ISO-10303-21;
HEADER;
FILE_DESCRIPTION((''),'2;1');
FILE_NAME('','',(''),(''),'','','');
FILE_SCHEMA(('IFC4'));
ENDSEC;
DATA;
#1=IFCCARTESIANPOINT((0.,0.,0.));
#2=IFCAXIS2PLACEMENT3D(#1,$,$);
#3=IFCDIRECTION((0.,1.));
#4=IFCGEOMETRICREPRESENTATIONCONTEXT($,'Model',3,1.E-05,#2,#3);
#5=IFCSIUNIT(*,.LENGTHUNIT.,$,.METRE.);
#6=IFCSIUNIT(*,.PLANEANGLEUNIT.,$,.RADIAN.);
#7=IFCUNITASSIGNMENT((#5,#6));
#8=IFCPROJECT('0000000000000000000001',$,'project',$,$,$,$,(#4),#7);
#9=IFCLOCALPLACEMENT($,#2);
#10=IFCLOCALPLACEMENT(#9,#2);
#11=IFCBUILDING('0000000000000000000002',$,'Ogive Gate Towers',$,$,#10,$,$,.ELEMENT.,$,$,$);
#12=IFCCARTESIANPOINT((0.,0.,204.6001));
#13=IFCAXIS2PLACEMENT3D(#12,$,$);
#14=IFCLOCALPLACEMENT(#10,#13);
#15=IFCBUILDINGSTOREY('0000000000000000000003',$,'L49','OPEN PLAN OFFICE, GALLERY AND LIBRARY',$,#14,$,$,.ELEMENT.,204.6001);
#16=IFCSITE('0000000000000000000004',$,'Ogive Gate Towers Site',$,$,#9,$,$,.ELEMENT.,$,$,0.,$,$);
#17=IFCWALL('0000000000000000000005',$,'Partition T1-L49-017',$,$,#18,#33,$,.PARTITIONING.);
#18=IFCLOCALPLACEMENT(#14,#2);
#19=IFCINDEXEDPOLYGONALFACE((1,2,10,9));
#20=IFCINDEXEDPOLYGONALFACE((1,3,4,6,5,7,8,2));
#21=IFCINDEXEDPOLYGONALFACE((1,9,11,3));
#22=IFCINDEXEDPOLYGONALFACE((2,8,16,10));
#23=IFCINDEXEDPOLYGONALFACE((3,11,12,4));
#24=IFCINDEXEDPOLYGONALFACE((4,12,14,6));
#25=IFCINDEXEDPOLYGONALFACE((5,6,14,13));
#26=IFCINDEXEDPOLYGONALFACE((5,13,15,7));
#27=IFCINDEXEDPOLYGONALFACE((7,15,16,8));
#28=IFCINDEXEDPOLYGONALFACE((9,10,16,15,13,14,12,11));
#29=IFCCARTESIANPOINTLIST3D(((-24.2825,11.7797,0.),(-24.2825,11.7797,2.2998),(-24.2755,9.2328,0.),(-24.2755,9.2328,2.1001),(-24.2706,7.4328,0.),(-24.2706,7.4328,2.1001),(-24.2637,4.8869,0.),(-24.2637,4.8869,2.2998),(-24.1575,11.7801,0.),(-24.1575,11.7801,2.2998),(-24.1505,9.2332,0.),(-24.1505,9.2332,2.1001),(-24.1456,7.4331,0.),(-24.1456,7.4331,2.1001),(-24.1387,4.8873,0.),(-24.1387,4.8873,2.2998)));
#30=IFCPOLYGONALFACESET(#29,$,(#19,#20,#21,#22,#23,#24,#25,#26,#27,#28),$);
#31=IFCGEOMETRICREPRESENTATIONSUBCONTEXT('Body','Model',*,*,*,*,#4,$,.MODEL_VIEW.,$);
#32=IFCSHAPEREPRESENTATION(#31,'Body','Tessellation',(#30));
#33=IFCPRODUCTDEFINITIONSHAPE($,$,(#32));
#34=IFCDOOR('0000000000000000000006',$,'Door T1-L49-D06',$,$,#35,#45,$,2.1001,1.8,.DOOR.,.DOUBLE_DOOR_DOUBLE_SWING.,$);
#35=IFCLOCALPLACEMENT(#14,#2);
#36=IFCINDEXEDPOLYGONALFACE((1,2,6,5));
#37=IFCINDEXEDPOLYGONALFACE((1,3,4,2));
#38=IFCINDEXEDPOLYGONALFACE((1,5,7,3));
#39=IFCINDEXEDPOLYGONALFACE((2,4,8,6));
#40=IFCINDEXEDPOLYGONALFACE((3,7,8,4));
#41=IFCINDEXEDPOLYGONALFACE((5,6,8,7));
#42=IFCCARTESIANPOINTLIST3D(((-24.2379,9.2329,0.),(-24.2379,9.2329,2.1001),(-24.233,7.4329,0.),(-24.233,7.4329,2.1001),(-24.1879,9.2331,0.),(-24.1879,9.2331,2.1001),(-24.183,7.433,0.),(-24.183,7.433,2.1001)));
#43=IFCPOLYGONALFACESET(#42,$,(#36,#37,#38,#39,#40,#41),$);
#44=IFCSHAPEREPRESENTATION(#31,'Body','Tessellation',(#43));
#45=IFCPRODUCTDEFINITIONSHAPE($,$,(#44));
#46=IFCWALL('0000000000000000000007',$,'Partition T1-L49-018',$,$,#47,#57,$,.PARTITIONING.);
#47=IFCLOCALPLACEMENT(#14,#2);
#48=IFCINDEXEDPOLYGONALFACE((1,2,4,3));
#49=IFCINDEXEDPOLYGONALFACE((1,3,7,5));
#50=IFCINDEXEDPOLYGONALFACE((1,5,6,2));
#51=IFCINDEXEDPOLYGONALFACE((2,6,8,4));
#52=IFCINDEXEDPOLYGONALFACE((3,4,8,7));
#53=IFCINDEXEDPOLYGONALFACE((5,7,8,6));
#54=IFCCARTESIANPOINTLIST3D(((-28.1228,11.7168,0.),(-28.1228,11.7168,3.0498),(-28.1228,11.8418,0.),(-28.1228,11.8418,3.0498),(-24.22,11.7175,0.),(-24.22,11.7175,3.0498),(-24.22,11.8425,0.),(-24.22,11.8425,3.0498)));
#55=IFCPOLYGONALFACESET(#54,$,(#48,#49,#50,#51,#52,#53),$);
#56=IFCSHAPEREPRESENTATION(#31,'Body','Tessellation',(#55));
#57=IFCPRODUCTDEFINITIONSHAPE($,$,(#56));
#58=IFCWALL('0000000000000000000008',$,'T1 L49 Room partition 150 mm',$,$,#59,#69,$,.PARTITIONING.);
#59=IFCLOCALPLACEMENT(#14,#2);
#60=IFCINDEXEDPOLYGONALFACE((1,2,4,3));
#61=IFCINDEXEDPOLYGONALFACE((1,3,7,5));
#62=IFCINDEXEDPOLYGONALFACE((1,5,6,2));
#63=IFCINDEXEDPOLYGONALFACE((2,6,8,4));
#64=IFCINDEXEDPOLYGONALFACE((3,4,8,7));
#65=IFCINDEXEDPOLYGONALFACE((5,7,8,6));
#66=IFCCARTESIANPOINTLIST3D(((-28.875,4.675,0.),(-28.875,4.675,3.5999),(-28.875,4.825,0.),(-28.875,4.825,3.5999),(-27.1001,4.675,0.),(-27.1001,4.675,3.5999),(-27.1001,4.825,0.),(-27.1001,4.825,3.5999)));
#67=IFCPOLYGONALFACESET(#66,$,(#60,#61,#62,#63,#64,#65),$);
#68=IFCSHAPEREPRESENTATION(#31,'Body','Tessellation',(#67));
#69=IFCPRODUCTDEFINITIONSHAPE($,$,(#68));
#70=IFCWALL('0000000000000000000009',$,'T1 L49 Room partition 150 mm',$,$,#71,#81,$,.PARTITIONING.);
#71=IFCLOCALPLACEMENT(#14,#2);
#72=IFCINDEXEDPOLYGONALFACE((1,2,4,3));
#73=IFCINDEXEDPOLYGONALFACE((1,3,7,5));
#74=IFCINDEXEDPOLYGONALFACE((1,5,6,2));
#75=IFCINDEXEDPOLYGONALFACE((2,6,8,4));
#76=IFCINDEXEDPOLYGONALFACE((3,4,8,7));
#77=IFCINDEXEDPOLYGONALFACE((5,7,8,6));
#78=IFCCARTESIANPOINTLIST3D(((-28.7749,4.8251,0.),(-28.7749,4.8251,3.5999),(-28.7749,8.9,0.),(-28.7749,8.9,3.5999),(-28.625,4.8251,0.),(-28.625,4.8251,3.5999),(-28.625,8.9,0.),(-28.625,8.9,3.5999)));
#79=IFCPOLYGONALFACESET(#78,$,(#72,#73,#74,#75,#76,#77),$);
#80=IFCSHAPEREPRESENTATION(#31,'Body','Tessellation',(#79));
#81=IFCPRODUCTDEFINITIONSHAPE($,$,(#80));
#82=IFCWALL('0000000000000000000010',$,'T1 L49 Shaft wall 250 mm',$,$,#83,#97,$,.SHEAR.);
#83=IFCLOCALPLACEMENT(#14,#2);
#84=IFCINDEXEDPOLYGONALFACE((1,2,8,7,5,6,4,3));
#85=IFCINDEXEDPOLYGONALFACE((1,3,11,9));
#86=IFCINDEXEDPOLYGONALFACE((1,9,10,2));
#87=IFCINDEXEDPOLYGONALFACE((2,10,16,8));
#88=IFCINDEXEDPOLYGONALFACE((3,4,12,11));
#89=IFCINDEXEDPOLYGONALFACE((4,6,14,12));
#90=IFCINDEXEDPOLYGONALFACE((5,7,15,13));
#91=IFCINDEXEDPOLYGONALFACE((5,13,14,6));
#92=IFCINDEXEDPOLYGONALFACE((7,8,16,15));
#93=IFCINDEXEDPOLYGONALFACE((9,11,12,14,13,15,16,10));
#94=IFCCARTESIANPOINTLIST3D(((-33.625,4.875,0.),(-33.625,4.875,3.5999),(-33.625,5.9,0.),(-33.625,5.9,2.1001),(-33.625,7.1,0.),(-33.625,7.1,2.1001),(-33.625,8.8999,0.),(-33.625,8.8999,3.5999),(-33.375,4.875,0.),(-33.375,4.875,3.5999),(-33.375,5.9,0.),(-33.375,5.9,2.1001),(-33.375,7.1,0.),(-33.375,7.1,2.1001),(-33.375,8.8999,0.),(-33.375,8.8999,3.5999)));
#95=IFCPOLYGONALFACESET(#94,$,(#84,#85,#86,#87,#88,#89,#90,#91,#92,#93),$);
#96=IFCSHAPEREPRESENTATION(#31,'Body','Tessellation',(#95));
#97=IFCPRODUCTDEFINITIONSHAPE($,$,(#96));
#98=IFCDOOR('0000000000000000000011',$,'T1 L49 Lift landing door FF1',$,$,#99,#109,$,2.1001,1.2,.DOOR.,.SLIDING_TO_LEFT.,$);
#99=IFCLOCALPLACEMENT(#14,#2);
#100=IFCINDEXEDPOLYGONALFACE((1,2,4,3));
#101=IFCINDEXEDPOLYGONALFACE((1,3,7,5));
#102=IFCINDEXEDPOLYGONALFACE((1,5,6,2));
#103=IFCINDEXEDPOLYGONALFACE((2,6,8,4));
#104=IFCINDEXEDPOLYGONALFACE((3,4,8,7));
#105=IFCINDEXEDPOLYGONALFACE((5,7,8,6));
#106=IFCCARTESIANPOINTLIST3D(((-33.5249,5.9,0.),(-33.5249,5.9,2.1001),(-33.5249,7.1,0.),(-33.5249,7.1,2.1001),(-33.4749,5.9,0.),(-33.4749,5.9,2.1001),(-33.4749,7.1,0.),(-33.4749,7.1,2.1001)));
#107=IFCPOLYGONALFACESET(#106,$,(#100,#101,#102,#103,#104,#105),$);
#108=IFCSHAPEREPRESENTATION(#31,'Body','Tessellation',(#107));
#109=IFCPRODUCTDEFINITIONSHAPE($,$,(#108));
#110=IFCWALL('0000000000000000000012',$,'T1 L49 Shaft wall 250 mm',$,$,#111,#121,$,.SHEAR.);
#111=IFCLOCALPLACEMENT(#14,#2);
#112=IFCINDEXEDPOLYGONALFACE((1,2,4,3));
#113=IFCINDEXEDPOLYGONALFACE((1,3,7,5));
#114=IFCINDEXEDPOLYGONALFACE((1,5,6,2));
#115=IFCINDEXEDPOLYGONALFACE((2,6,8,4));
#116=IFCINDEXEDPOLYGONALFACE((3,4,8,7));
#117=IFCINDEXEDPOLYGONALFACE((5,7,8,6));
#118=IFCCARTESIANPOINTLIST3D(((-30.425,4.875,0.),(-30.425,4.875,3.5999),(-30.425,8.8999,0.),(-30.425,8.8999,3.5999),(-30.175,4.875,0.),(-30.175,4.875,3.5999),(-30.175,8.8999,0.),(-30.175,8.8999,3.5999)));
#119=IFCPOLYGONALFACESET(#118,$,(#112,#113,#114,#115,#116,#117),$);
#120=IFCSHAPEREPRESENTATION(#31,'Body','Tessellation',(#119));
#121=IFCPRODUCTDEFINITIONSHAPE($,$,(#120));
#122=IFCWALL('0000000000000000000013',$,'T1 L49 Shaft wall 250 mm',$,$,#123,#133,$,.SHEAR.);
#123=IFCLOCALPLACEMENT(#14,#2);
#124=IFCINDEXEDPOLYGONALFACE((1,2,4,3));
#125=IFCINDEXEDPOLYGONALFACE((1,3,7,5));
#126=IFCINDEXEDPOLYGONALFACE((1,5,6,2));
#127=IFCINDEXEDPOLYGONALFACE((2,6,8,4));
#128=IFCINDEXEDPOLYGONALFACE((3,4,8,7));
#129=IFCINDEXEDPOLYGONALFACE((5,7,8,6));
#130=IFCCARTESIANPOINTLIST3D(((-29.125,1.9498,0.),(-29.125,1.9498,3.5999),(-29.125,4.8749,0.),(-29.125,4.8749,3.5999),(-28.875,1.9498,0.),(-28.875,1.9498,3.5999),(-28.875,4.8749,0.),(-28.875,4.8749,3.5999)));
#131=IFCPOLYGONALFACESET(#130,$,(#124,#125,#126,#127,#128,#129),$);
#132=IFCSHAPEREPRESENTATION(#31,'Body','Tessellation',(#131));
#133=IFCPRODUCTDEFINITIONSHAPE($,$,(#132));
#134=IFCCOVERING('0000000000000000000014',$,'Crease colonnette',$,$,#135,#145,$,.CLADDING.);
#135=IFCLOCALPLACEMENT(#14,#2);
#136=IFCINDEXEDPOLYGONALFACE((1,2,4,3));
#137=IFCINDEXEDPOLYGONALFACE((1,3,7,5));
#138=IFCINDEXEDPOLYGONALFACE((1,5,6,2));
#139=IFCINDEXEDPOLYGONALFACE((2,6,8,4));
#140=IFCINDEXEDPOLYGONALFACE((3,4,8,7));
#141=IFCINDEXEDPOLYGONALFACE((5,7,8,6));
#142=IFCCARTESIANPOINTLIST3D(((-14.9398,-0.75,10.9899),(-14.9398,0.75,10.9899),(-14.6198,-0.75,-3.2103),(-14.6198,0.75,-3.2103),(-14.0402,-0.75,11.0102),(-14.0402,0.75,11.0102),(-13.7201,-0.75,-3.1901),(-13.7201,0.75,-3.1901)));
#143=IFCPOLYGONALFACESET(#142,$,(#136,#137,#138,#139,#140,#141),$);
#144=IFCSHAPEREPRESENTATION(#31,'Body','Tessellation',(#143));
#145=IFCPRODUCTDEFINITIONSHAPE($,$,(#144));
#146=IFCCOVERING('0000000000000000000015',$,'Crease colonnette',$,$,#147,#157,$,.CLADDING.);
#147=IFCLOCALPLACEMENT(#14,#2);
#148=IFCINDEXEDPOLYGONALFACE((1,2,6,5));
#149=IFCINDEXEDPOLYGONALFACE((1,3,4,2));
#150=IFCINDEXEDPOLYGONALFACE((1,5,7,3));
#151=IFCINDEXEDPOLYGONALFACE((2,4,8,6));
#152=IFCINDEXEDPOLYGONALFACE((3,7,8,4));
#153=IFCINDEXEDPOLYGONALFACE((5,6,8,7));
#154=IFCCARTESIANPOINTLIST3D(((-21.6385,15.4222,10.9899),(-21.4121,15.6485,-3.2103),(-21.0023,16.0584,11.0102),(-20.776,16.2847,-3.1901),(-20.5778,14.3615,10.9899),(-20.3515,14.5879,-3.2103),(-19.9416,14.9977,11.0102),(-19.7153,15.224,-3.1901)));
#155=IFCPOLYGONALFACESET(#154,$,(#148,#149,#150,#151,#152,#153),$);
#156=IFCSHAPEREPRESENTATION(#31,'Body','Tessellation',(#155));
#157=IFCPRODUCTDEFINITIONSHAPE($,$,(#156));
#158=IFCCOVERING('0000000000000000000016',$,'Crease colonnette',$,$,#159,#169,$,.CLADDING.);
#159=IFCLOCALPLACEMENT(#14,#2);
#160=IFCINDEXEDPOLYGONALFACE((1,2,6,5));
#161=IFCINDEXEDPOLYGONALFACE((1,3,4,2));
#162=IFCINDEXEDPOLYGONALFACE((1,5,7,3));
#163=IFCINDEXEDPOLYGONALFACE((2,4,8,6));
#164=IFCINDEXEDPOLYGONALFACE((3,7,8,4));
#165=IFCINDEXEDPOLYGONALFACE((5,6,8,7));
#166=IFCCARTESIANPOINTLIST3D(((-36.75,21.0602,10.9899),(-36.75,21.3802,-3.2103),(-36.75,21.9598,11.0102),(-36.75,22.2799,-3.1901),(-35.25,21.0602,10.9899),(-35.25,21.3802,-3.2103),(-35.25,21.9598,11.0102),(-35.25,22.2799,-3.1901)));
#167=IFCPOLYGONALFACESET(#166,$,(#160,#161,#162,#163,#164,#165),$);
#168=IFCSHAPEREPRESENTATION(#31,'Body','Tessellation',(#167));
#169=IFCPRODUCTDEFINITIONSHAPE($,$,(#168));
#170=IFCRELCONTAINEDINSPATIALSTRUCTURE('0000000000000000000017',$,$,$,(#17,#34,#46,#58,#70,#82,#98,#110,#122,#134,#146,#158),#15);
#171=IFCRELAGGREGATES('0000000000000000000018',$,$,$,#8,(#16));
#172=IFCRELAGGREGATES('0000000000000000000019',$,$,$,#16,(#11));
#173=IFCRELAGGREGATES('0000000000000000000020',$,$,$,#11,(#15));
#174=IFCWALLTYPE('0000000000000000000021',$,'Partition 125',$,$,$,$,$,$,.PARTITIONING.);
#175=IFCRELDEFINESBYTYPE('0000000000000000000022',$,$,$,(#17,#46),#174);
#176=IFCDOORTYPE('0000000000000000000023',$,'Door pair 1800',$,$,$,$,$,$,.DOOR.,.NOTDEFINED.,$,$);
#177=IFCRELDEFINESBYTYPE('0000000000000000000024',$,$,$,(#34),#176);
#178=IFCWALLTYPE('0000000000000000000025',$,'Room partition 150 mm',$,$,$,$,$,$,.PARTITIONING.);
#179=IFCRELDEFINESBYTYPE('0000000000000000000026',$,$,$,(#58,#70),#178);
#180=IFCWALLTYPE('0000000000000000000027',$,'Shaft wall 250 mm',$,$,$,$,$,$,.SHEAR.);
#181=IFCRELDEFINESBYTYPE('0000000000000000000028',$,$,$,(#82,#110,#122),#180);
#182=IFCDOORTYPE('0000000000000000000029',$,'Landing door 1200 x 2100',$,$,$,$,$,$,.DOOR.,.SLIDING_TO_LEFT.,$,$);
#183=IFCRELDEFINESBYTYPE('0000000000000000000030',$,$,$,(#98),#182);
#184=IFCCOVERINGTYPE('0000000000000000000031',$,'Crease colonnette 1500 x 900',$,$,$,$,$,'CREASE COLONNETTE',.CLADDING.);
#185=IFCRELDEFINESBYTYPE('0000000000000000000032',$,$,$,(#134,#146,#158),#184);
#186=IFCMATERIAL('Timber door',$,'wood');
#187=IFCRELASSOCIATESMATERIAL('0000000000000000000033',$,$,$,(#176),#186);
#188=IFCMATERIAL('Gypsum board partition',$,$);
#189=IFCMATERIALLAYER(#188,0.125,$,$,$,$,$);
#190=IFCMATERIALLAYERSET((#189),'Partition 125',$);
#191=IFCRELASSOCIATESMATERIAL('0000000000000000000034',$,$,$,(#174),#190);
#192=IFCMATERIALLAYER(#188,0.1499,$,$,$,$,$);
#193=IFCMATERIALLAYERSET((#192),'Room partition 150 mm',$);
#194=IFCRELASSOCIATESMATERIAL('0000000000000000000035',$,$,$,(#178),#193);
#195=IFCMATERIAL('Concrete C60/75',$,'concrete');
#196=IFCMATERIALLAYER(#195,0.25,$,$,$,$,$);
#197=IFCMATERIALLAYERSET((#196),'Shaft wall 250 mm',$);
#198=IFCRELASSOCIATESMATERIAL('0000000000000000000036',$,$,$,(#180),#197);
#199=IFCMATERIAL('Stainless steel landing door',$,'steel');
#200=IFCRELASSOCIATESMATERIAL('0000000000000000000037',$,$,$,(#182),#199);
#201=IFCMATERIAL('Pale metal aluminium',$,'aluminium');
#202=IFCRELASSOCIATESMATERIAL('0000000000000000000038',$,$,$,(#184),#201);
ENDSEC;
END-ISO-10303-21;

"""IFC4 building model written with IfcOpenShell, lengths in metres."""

from ifc_helpers import new_model, si_unit, direction, frame, frame_2d, origin, origin_2d, place, context, subcontext, project, spatial, rectangle, extrude, material, layer, layer_set, material_profile, profile_set, type_object, element, fill, save


model = new_model("IFC4")

# Units and contexts
model_context = context("Model", 3, precision=1e-05, world=origin(), true_north=direction((0.0, 1.0)))
body_context = subcontext(model_context, "Body", "Model", "MODEL_VIEW")
ifc_project = project(units=[si_unit("LENGTHUNIT", "METRE"), si_unit("PLANEANGLEUNIT", "RADIAN")], contexts=[model_context])

# Site, building, storey
site_placement = place(None, origin())
site = spatial("IfcSite", under=ifc_project, at=site_placement, Name="Ogive Gate Towers Site", CompositionType="ELEMENT", RefElevation=0.0)
building_placement = place(site_placement, origin())
building = spatial("IfcBuilding", under=site, at=building_placement, Name="Ogive Gate Towers", CompositionType="ELEMENT")
storey_placement = place(building_placement, frame((0.0, 0.0, 204.6001)))
storey = spatial("IfcBuildingStorey", under=building, at=storey_placement, Name="L49", Description="OPEN PLAN OFFICE, GALLERY AND LIBRARY", CompositionType="ELEMENT", Elevation=204.6001)

# Shared definitions
ifc_material_1 = material(Name="Timber door", Category="wood")
door_type_1 = type_object("IfcDoorType", Name="Door pair 1800", OperationType="NOTDEFINED", PredefinedType="DOOR", material=ifc_material_1)

# Shared definitions
ifc_material_2 = material(Name="Gypsum board partition")
ifc_layer_1 = layer(ifc_material_2, 0.125)
ifc_layer_set_1 = layer_set([ifc_layer_1], Name="Partition 125")
wall_type_1 = type_object("IfcWallType", Name="Partition 125", PredefinedType="PARTITIONING", material=ifc_layer_set_1)

# Wall, opening, door
wall_1_placement = place(storey_placement, frame((-24.2012, 4.8872, 0.0), z_axis=(0.0, 0.0, 1.0), x_axis=(-0.002727, 0.999996, 0.0)))
wall_1 = element("IfcWall", 1, at=wall_1_placement, inside=storey, type_object=wall_type_1, Name="Partition T1-L49-017", PredefinedType="PARTITIONING", context=body_context, shape_type="SweptSolid", body=[
    extrude(rectangle(XDim=6.8928, YDim=0.125, at=frame_2d((3.4463, 0.0))), origin(), (0.0, 0.0, 1.0), 2.2998),
])
opening_1_placement = place(wall_1_placement, frame((2.5459, 0.0, 0.0)))
opening_1 = element("IfcOpeningElement", 2, at=opening_1_placement, cuts=wall_1, PredefinedType="OPENING", context=body_context, shape_type="SweptSolid", body=[
    extrude(rectangle(XDim=1.8, YDim=2.1001, at=frame_2d((0.8999, 1.05))), frame((0.0, 0.0725, 0.0), z_axis=(0.0, -1.0, 0.0), x_axis=(1.0, 0.0, 0.0)), (0.0, 0.0, 1.0), 0.145),
])
door_1_placement = place(opening_1_placement, origin())
door_1 = element("IfcDoor", 3, at=door_1_placement, inside=storey, type_object=door_type_1, Name="Door T1-L49-D06", OperationType="DOUBLE_DOOR_DOUBLE_SWING", OverallHeight=2.1001, OverallWidth=1.8, PredefinedType="DOOR", context=body_context, shape_type="SweptSolid", body=[
    extrude(rectangle(XDim=1.8, YDim=2.1001, at=frame_2d((0.8999, 1.05))), frame((0.0, 0.0249, 0.0), z_axis=(0.0, -1.0, 0.0), x_axis=(1.0, 0.0, 0.0)), (0.0, 0.0, 1.0), 0.05),
])
fill(opening_1, door_1)

# Walls
wall_2_placement = place(storey_placement, frame((-24.22, 11.78, 0.0), z_axis=(0.0, 0.0, 1.0), x_axis=(-1.0, -0.000188, 0.0)))
element("IfcWall", 4, at=wall_2_placement, inside=storey, type_object=wall_type_1, Name="Partition T1-L49-018", PredefinedType="PARTITIONING", context=body_context, shape_type="SweptSolid", body=[
    extrude(rectangle(XDim=3.9028, YDim=0.125, at=frame_2d((1.9514, 0.0))), origin(), (0.0, 0.0, 1.0), 3.0498),
])
ifc_layer_2 = layer(ifc_material_2, 0.1499)
ifc_layer_set_2 = layer_set([ifc_layer_2], Name="Room partition 150 mm")
wall_type_2 = type_object("IfcWallType", Name="Room partition 150 mm", PredefinedType="PARTITIONING", material=ifc_layer_set_2)
wall_3_placement = place(storey_placement, frame((-28.875, 4.75, 0.0), z_axis=(0.0, 0.0, 1.0), x_axis=(1.0, 0.0, 0.0)))
element("IfcWall", 5, at=wall_3_placement, inside=storey, type_object=wall_type_2, Name="T1 L49 Room partition 150 mm", PredefinedType="PARTITIONING", context=body_context, shape_type="SweptSolid", body=[
    extrude(rectangle(XDim=1.7749, YDim=0.1499, at=frame_2d((0.8875, 0.0))), origin(), (0.0, 0.0, 1.0), 3.5999),
])
wall_4_placement = place(storey_placement, frame((-28.7, 4.825, 0.0), z_axis=(0.0, 0.0, 1.0), x_axis=(0.0, 1.0, 0.0)))
element("IfcWall", 6, at=wall_4_placement, inside=storey, type_object=wall_type_2, Name="T1 L49 Room partition 150 mm", PredefinedType="PARTITIONING", context=body_context, shape_type="SweptSolid", body=[
    extrude(rectangle(XDim=4.075, YDim=0.1499, at=frame_2d((2.0376, 0.0))), origin(), (0.0, 0.0, 1.0), 3.5999),
])

# Wall, opening, door
ifc_material_3 = material(Name="Concrete C60/75", Category="concrete")
ifc_layer_3 = layer(ifc_material_3, 0.25)
ifc_layer_set_3 = layer_set([ifc_layer_3], Name="Shaft wall 250 mm")
wall_type_3 = type_object("IfcWallType", Name="Shaft wall 250 mm", PredefinedType="SHEAR", material=ifc_layer_set_3)
wall_5_placement = place(storey_placement, frame((-33.5, 4.875, 0.0), z_axis=(0.0, 0.0, 1.0), x_axis=(0.0, 1.0, 0.0)))
wall_5 = element("IfcWall", 7, at=wall_5_placement, inside=storey, type_object=wall_type_3, Name="T1 L49 Shaft wall 250 mm", PredefinedType="SHEAR", context=body_context, shape_type="SweptSolid", body=[
    extrude(rectangle(XDim=4.0249, YDim=0.25, at=frame_2d((2.0125, 0.0))), origin(), (0.0, 0.0, 1.0), 3.5999),
])
opening_2_placement = place(wall_5_placement, frame((1.0249, 0.0, 0.0)))
opening_2 = element("IfcOpeningElement", 8, at=opening_2_placement, cuts=wall_5, PredefinedType="OPENING", context=body_context, shape_type="SweptSolid", body=[
    extrude(rectangle(XDim=1.2, YDim=2.1001, at=frame_2d((0.6001, 1.05))), frame((0.0, 0.135, 0.0), z_axis=(0.0, -1.0, 0.0), x_axis=(1.0, 0.0, 0.0)), (0.0, 0.0, 1.0), 0.27),
])
ifc_material_4 = material(Name="Stainless steel landing door", Category="steel")
door_type_2 = type_object("IfcDoorType", Name="Landing door 1200 x 2100", OperationType="SLIDING_TO_LEFT", PredefinedType="DOOR", material=ifc_material_4)
door_2_placement = place(opening_2_placement, origin())
door_2 = element("IfcDoor", 9, at=door_2_placement, inside=storey, type_object=door_type_2, Name="T1 L49 Lift landing door FF1", OperationType="SLIDING_TO_LEFT", OverallHeight=2.1001, OverallWidth=1.2, PredefinedType="DOOR", context=body_context, shape_type="SweptSolid", body=[
    extrude(rectangle(XDim=1.2, YDim=2.1001, at=frame_2d((0.6001, 1.05))), frame((0.0, 0.0249, 0.0), z_axis=(0.0, -1.0, 0.0), x_axis=(1.0, 0.0, 0.0)), (0.0, 0.0, 1.0), 0.05),
])
fill(opening_2, door_2)

# Walls
wall_6_placement = place(storey_placement, frame((-30.3, 4.875, 0.0), z_axis=(0.0, 0.0, 1.0), x_axis=(0.0, 1.0, 0.0)))
element("IfcWall", 10, at=wall_6_placement, inside=storey, type_object=wall_type_3, Name="T1 L49 Shaft wall 250 mm", PredefinedType="SHEAR", context=body_context, shape_type="SweptSolid", body=[
    extrude(rectangle(XDim=4.0249, YDim=0.25, at=frame_2d((2.0125, 0.0))), origin(), (0.0, 0.0, 1.0), 3.5999),
])
wall_7_placement = place(storey_placement, frame((-29.0, 1.95, 0.0), z_axis=(0.0, 0.0, 1.0), x_axis=(0.0, 1.0, 0.0)))
element("IfcWall", 11, at=wall_7_placement, inside=storey, type_object=wall_type_3, Name="T1 L49 Shaft wall 250 mm", PredefinedType="SHEAR", context=body_context, shape_type="SweptSolid", body=[
    extrude(rectangle(XDim=2.925, YDim=0.25, at=frame_2d((1.4624, 0.0))), origin(), (0.0, 0.0, 1.0), 3.5999),
])

# Coverings
ifc_material_5 = material(Name="Pale metal aluminium", Category="aluminium")
ifc_material_profile_1 = material_profile(ifc_material_5, rectangle(XDim=1.5, YDim=0.8999, at=origin_2d()), Name="1500 x 900 pale metal aluminium")
ifc_profile_set_1 = profile_set([ifc_material_profile_1], Name="Pale metal aluminium")
covering_type_1 = type_object("IfcCoveringType", Name="Crease colonnette 1500 x 900", ElementType="CREASE COLONNETTE", PredefinedType="CLADDING", material=ifc_profile_set_1)
for number, where, z_axis, x_axis, name in (
    (12, (-14.1699, 0.0, -3.2002), (-0.022534, 0.0, 0.999746), (0.0, -1.0, 0.0), "Crease colonnette"),
    (13, (-20.5637, 15.4363, -3.2002), (-0.015934, -0.015934, 0.999746), (0.707107, -0.707107, 0.0), "Crease colonnette"),
    (14, (-36.0, 21.8301, -3.2002), (0.0, -0.022534, 0.999746), (1.0, 0.0, 0.0), "Crease colonnette"),
):
    element("IfcCovering", number, at=place(storey_placement, frame(where, z_axis=z_axis, x_axis=x_axis)), inside=storey, type_object=covering_type_1, Name=name, PredefinedType="CLADDING", context=body_context, shape_type="SweptSolid", body=[
        extrude(rectangle(XDim=1.5, YDim=0.8999, at=origin_2d()), origin(), (0.0, 0.0, 1.0), 14.2039),
    ])

save(model, "model.ifc")
